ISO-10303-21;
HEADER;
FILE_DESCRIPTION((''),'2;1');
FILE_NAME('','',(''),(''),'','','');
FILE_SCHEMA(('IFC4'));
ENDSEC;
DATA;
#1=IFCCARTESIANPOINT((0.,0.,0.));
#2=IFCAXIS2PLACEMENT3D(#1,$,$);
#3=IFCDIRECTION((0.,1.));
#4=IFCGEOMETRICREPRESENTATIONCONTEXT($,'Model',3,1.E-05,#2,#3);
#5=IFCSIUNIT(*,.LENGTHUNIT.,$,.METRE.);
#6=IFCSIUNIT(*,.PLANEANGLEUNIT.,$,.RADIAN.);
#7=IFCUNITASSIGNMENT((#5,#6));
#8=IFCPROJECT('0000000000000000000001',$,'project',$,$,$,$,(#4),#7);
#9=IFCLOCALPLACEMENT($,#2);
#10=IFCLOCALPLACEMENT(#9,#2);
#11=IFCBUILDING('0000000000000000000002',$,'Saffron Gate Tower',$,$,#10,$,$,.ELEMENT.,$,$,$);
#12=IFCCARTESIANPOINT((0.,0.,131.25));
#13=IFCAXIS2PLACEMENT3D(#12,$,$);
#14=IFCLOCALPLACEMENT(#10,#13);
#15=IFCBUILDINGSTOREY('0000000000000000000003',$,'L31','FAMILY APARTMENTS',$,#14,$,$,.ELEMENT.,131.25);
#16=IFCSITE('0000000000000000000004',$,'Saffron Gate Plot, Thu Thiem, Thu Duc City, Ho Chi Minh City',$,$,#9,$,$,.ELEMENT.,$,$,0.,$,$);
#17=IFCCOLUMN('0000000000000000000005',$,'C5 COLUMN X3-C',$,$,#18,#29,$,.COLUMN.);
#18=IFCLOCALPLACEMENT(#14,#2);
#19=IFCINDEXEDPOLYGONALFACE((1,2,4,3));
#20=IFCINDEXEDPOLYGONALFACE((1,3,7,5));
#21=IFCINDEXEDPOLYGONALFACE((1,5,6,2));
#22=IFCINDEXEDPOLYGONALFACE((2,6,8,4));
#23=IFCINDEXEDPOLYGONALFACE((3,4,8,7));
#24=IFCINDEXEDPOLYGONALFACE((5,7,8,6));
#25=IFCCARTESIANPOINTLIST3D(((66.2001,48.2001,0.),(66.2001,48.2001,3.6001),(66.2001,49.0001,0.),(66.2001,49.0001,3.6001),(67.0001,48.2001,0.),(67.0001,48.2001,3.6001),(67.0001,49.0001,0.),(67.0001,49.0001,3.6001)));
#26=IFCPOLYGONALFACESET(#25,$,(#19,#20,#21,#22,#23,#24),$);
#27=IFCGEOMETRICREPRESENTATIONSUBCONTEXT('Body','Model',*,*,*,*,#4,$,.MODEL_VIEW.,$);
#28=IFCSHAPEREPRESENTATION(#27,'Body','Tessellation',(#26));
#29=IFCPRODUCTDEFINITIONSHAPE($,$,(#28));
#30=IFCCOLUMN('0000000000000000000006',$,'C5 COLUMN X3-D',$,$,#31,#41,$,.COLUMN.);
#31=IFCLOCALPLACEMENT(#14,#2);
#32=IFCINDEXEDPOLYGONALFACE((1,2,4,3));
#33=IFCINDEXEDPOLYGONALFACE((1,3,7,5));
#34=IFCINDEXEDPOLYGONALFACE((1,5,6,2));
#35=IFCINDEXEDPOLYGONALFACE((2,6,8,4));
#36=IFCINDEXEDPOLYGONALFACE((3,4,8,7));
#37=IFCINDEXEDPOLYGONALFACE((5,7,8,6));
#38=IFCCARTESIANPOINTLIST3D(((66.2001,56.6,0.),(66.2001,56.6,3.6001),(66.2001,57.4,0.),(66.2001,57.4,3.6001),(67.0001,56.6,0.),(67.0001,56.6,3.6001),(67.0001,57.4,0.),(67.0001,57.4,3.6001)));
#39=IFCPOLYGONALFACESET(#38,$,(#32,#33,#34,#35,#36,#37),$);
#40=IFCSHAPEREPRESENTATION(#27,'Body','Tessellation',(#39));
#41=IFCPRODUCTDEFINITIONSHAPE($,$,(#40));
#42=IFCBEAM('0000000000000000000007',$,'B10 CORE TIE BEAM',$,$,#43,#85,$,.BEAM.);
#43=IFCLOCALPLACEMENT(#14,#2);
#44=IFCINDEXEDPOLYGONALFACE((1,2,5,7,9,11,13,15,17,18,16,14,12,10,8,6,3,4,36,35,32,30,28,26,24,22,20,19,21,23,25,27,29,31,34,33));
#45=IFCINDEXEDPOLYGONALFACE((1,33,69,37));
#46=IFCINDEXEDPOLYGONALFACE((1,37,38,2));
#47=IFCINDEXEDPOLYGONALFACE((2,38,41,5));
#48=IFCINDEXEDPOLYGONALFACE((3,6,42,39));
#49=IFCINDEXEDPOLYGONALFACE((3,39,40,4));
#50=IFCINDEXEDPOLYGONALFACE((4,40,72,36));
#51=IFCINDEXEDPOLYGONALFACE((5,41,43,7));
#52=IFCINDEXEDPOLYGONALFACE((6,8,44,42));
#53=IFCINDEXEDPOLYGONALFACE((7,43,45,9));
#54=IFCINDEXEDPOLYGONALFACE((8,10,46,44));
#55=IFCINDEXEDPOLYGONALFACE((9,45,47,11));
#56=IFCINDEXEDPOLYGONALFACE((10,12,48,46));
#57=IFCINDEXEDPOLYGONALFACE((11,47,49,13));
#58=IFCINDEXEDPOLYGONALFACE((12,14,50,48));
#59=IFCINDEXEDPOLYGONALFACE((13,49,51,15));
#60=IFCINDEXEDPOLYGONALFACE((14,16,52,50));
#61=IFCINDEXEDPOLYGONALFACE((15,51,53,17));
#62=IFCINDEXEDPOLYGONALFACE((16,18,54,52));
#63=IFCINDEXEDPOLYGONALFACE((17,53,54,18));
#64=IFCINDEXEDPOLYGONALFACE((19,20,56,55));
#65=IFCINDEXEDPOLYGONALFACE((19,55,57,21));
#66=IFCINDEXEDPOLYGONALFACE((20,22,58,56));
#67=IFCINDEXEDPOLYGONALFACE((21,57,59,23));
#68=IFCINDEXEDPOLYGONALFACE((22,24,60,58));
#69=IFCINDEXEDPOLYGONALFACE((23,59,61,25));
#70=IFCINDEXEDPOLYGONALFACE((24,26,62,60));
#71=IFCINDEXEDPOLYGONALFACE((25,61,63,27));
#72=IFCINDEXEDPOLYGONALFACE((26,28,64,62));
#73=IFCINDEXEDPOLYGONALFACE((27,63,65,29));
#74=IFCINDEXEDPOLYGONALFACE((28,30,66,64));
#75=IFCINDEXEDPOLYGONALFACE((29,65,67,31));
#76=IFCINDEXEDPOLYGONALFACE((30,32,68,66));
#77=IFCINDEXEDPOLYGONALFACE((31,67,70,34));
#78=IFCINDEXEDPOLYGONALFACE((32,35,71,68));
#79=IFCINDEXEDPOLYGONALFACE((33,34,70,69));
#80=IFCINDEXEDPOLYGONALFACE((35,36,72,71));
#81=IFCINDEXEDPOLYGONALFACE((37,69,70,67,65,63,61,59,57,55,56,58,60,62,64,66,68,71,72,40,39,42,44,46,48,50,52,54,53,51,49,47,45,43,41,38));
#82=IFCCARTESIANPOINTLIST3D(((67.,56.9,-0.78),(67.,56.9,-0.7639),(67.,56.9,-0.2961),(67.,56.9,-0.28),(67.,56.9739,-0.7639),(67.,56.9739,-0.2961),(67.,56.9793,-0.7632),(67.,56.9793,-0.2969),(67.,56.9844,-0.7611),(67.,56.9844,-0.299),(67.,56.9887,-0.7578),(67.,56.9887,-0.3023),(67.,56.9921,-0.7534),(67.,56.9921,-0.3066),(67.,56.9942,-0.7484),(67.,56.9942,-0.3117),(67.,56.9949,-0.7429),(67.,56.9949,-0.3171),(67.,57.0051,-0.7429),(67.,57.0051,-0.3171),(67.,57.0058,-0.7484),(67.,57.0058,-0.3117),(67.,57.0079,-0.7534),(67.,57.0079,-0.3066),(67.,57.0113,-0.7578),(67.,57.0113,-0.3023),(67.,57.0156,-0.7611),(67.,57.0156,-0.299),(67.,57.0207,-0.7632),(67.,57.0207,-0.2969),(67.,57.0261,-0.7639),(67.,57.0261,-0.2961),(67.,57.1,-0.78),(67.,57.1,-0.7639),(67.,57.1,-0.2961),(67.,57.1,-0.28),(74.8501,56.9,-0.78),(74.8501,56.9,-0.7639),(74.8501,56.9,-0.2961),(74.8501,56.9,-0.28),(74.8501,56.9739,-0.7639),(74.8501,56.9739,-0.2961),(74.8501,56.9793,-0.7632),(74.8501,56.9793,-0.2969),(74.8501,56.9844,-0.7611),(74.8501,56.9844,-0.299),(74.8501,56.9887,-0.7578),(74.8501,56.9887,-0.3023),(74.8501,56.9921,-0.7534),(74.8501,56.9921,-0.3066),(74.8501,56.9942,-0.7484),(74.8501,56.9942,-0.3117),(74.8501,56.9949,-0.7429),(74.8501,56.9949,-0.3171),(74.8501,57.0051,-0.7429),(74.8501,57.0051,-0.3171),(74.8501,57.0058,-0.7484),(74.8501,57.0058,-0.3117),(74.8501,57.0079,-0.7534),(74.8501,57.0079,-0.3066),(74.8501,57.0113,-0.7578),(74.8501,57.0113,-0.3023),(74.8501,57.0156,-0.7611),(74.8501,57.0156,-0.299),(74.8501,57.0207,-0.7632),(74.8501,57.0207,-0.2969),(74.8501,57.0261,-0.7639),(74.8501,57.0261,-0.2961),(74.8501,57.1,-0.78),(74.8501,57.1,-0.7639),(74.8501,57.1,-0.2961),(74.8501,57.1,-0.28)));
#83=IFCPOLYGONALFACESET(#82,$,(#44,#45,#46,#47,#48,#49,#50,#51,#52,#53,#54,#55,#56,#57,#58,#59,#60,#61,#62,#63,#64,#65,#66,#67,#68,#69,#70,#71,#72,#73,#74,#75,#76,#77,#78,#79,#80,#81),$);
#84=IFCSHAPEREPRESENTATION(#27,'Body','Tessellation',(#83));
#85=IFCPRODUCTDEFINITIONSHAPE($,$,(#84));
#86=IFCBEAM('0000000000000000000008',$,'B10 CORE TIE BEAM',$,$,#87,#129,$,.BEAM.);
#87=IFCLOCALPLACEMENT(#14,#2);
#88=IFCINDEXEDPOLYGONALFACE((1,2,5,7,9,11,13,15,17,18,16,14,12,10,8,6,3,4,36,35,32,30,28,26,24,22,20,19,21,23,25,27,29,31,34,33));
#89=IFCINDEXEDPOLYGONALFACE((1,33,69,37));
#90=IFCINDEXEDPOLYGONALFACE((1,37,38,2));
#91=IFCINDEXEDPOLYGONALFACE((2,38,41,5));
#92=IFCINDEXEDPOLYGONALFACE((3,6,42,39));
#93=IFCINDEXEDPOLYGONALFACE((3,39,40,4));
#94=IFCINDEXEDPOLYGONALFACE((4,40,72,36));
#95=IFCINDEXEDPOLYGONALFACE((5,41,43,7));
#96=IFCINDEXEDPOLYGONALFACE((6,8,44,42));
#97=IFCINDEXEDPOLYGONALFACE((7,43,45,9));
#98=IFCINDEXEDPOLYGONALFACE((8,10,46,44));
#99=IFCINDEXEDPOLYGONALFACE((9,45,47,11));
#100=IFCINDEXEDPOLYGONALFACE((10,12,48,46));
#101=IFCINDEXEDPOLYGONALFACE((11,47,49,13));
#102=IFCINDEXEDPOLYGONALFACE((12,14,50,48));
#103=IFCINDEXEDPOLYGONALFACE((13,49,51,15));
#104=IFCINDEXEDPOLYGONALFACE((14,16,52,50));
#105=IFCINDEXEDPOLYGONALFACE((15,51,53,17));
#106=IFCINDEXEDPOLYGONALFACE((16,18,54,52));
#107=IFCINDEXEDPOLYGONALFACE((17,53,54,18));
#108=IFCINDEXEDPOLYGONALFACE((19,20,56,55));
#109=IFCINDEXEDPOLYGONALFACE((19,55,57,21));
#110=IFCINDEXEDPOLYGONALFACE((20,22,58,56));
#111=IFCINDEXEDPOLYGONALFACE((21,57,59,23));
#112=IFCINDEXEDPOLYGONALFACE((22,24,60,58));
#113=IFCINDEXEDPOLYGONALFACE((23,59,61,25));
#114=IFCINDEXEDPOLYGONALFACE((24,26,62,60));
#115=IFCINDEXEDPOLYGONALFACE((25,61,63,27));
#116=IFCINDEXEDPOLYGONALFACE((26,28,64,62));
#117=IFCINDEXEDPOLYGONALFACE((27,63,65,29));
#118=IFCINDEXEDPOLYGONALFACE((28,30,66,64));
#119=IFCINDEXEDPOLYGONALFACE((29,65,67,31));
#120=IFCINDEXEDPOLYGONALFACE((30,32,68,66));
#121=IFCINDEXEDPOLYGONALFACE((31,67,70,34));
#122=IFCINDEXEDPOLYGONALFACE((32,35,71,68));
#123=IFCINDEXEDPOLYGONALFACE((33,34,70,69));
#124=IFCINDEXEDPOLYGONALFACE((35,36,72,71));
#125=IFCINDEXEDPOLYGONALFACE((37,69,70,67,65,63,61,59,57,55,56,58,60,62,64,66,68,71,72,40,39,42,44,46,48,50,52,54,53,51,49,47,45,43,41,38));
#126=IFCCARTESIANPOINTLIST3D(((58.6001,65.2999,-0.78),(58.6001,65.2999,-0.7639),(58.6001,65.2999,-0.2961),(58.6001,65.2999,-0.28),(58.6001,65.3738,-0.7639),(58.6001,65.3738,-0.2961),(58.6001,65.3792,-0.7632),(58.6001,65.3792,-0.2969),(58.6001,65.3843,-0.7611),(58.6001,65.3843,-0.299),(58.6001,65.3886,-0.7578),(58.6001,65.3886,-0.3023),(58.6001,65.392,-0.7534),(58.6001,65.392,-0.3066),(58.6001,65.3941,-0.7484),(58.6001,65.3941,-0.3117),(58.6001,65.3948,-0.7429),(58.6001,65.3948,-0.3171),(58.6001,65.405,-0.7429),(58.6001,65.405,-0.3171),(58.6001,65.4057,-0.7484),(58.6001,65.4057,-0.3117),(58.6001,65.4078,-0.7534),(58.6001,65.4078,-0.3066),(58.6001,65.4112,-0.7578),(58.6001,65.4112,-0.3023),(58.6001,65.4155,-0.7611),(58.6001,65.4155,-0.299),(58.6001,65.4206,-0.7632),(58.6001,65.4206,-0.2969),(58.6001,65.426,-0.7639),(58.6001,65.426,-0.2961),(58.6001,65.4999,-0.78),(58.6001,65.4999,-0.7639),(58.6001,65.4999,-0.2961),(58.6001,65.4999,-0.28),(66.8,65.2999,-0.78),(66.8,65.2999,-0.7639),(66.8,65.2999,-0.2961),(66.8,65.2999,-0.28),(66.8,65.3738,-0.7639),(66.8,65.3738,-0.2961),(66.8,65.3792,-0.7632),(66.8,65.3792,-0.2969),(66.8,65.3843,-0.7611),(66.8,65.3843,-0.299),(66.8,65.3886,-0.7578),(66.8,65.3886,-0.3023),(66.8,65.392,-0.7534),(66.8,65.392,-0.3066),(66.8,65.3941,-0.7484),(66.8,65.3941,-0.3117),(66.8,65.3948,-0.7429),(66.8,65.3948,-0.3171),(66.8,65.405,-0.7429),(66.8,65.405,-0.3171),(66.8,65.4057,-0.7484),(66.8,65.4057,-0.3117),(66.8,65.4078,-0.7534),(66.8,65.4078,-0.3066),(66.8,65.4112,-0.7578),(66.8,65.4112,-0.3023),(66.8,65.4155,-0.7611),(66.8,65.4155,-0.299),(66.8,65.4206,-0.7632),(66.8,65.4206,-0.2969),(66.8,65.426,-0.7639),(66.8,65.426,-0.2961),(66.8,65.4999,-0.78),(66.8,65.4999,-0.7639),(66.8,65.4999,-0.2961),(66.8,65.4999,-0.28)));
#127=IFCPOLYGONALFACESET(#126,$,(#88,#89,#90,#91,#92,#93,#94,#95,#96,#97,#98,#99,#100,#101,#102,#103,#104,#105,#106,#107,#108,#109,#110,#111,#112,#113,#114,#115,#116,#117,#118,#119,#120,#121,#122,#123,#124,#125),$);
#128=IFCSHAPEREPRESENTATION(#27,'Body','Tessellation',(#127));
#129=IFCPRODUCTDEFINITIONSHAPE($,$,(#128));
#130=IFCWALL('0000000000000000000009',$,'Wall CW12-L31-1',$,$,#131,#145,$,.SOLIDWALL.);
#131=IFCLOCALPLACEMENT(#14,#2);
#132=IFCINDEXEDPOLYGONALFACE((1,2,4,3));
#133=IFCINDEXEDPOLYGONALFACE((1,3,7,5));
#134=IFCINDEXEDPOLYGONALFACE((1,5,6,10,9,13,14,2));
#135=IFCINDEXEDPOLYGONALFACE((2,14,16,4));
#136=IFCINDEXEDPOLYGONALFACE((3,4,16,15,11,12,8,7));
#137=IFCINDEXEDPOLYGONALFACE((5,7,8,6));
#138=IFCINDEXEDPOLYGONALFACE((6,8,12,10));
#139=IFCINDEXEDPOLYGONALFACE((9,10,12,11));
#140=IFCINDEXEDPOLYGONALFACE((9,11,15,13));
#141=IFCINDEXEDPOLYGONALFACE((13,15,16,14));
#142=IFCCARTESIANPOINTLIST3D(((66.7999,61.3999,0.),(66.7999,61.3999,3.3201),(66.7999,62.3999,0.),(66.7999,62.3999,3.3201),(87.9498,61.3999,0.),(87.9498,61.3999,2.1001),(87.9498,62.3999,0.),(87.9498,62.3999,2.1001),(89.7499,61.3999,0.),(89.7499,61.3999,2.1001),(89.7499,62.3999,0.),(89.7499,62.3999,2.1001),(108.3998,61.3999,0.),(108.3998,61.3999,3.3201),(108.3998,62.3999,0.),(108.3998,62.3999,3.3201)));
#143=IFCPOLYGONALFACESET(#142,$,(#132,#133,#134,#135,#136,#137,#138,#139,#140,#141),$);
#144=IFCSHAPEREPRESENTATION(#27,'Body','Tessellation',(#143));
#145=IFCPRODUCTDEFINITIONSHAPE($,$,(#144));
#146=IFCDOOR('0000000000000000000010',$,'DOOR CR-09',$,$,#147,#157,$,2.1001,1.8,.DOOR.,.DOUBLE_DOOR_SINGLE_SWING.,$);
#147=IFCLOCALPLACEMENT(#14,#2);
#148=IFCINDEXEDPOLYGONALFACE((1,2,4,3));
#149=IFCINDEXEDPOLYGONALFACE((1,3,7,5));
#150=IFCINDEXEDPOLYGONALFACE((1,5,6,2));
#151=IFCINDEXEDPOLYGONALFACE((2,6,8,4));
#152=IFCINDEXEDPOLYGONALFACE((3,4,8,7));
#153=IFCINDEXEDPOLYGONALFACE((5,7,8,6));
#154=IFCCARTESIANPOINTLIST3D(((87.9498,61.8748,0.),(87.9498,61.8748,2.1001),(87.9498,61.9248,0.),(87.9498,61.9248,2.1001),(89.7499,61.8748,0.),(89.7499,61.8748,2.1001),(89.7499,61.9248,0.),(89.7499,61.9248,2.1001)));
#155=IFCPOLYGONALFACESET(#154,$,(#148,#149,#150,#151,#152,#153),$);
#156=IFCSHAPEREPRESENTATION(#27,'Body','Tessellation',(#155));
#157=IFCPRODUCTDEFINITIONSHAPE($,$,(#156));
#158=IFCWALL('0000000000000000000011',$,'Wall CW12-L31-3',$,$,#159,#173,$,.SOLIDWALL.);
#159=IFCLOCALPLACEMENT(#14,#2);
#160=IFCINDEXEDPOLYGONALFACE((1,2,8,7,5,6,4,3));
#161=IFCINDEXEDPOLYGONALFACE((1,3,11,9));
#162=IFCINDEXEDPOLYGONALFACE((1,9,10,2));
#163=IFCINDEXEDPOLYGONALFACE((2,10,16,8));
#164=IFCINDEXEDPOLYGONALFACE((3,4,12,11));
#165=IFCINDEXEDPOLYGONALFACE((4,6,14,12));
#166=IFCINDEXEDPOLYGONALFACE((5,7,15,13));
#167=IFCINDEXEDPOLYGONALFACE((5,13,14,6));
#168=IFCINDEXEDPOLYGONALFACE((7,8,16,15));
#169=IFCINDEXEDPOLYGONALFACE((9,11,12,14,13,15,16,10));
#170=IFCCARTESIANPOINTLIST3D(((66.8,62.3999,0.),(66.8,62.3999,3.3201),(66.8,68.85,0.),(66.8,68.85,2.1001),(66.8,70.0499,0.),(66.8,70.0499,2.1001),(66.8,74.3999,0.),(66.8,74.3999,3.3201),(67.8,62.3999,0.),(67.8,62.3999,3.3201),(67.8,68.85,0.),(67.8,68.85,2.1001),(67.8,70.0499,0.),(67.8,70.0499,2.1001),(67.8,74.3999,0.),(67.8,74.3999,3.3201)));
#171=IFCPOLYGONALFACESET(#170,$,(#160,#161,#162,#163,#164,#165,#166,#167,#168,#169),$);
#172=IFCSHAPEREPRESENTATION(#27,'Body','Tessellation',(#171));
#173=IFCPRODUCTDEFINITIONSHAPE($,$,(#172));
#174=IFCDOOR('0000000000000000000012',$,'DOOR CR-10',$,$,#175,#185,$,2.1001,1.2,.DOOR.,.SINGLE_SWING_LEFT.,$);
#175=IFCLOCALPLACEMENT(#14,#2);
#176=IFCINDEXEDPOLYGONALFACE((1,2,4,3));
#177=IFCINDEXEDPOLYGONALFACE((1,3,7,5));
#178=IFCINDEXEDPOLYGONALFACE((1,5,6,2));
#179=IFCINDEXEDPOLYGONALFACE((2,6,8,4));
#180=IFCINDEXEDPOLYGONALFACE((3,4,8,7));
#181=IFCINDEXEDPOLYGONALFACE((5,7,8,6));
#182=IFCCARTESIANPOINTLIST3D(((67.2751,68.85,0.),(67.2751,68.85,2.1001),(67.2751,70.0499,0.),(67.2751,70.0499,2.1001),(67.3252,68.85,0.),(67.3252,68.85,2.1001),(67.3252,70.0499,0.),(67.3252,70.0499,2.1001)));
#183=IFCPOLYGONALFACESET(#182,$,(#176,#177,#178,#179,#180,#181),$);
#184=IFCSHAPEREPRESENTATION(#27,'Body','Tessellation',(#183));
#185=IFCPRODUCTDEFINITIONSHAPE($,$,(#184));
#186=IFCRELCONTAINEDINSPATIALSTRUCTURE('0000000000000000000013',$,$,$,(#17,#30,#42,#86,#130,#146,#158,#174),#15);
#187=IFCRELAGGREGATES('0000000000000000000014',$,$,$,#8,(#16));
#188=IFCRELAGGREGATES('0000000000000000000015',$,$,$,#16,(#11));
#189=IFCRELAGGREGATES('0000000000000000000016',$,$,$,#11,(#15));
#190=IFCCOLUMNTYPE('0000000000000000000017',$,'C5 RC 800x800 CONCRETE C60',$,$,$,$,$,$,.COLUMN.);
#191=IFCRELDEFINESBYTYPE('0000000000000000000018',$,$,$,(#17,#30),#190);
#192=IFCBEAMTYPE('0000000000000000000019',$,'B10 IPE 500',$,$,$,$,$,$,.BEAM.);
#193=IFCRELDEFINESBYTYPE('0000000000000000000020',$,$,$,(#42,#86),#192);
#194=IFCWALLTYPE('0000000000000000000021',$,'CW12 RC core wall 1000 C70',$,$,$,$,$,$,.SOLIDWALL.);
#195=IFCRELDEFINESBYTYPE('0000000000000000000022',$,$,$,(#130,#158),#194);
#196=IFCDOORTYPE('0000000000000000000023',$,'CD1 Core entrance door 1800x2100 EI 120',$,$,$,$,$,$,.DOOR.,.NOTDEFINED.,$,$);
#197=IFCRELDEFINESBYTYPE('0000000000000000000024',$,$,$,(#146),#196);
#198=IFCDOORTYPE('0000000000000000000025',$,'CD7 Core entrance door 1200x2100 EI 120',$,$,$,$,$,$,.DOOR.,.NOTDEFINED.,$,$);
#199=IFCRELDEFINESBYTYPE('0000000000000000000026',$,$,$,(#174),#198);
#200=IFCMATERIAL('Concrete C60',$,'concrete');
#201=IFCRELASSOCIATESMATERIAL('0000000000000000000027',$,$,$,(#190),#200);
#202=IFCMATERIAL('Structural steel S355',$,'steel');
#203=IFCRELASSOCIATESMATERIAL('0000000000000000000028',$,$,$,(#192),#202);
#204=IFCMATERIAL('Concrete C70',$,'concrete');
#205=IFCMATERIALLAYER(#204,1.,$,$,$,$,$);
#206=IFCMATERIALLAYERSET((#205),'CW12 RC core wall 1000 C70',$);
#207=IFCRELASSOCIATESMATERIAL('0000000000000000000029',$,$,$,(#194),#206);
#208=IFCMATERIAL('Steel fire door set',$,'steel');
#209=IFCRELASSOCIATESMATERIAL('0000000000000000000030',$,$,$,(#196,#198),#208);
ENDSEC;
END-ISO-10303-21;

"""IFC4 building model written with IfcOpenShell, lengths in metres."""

from ifc_helpers import new_model, si_unit, direction, frame, frame_2d, origin, origin_2d, place, context, subcontext, project, spatial, rectangle, i_section, extrude, material, layer, layer_set, material_profile, profile_set, type_object, element, fill, save


model = new_model("IFC4")

# Units and contexts
model_context = context("Model", 3, precision=1e-05, world=origin(), true_north=direction((0.0, 1.0)))
body_context = subcontext(model_context, "Body", "Model", "MODEL_VIEW")
ifc_project = project(units=[si_unit("LENGTHUNIT", "METRE"), si_unit("PLANEANGLEUNIT", "RADIAN")], contexts=[model_context])

# Site, building, storey
site_placement = place(None, origin())
site = spatial("IfcSite", under=ifc_project, at=site_placement, Name="Saffron Gate Plot, Thu Thiem, Thu Duc City, Ho Chi Minh City", CompositionType="ELEMENT", RefElevation=0.0)
building_placement = place(site_placement, origin())
building = spatial("IfcBuilding", under=site, at=building_placement, Name="Saffron Gate Tower", CompositionType="ELEMENT")
storey_placement = place(building_placement, frame((0.0, 0.0, 131.25)))
storey = spatial("IfcBuildingStorey", under=building, at=storey_placement, Name="L31", Description="FAMILY APARTMENTS", CompositionType="ELEMENT", Elevation=131.25)

# Columns
ifc_material_1 = material(Name="Concrete C60", Category="concrete")
ifc_material_profile_1 = material_profile(ifc_material_1, rectangle(XDim=0.8, YDim=0.8, at=origin_2d()))
ifc_profile_set_1 = profile_set([ifc_material_profile_1], Name="Concrete C60")
column_type = type_object("IfcColumnType", Name="C5 RC 800x800 CONCRETE C60", PredefinedType="COLUMN", material=ifc_profile_set_1)
for number, where, z_axis, x_axis, name in (
    (1, (66.6001, 48.6001, 0.0), (0.0, 0.0, 1.0), (1.0, 0.0, 0.0), "C5 COLUMN X3-C"),
    (2, (66.6001, 57.0, 0.0), (0.0, 0.0, 1.0), (1.0, 0.0, 0.0), "C5 COLUMN X3-D"),
):
    element("IfcColumn", number, at=place(storey_placement, frame(where, z_axis=z_axis, x_axis=x_axis)), inside=storey, type_object=column_type, Name=name, PredefinedType="COLUMN", context=body_context, shape_type="SweptSolid", body=[
        extrude(rectangle(XDim=0.8, YDim=0.8, at=origin_2d()), origin(), (0.0, 0.0, 1.0), 3.6001),
    ])

# Beams
ifc_material_2 = material(Name="Structural steel S355", Category="steel")
ifc_material_profile_2 = material_profile(ifc_material_2, i_section(OverallWidth=0.2, OverallDepth=0.5, WebThickness=0.0103, FlangeThickness=0.0161, FilletRadius=0.021, at=origin_2d()))
ifc_profile_set_2 = profile_set([ifc_material_profile_2], Name="Structural steel S355")
beam_type = type_object("IfcBeamType", Name="B10 IPE 500", PredefinedType="BEAM", material=ifc_profile_set_2)
beam_1_placement = place(storey_placement, frame((67.0, 57.0, -0.53), z_axis=(1.0, 0.0, 0.0), x_axis=(0.0, 1.0, 0.0)))
element("IfcBeam", 3, at=beam_1_placement, inside=storey, type_object=beam_type, Name="B10 CORE TIE BEAM", PredefinedType="BEAM", context=body_context, shape_type="SweptSolid", body=[
    extrude(i_section(OverallWidth=0.2, OverallDepth=0.5, WebThickness=0.0103, FlangeThickness=0.0161, FilletRadius=0.021, at=origin_2d()), origin(), (0.0, 0.0, 1.0), 7.8501),
])
beam_2_placement = place(storey_placement, frame((58.6001, 65.3999, -0.53), z_axis=(1.0, 0.0, 0.0), x_axis=(0.0, 1.0, 0.0)))
element("IfcBeam", 4, at=beam_2_placement, inside=storey, type_object=beam_type, Name="B10 CORE TIE BEAM", PredefinedType="BEAM", context=body_context, shape_type="SweptSolid", body=[
    extrude(i_section(OverallWidth=0.2, OverallDepth=0.5, WebThickness=0.0103, FlangeThickness=0.0161, FilletRadius=0.021, at=origin_2d()), origin(), (0.0, 0.0, 1.0), 8.2),
])

# Walls, openings, doors
ifc_material_3 = material(Name="Concrete C70", Category="concrete")
ifc_layer_1 = layer(ifc_material_3, 1.0)
ifc_layer_set_1 = layer_set([ifc_layer_1], Name="CW12 RC core wall 1000 C70")
wall_type_1 = type_object("IfcWallType", Name="CW12 RC core wall 1000 C70", PredefinedType="SOLIDWALL", material=ifc_layer_set_1)
wall_1_placement = place(storey_placement, frame((66.8, 61.8999, 0.0), z_axis=(0.0, 0.0, 1.0), x_axis=(1.0, 0.0, 0.0)))
wall_1 = element("IfcWall", 5, at=wall_1_placement, inside=storey, type_object=wall_type_1, Name="Wall CW12-L31-1", PredefinedType="SOLIDWALL", context=body_context, shape_type="SweptSolid", body=[
    extrude(rectangle(XDim=41.5999, YDim=1.0, at=frame_2d((20.7998, 0.0))), origin(), (0.0, 0.0, 1.0), 3.3201),
])
opening_1_placement = place(wall_1_placement, frame((21.1499, 0.0, 0.0)))
opening_1 = element("IfcOpeningElement", 6, at=opening_1_placement, cuts=wall_1, PredefinedType="OPENING", context=body_context, shape_type="SweptSolid", body=[
    extrude(rectangle(XDim=1.8, YDim=2.1001, at=frame_2d((0.8999, 1.05))), frame((0.0, 0.51, 0.0), z_axis=(0.0, -1.0, 0.0), x_axis=(1.0, 0.0, 0.0)), (0.0, 0.0, 1.0), 1.02),
])
ifc_material_4 = material(Name="Steel fire door set", Category="steel")
door_type_1 = type_object("IfcDoorType", Name="CD1 Core entrance door 1800x2100 EI 120", OperationType="NOTDEFINED", PredefinedType="DOOR", material=ifc_material_4)
door_1_placement = place(opening_1_placement, origin())
door_1 = element("IfcDoor", 7, at=door_1_placement, inside=storey, type_object=door_type_1, Name="DOOR CR-09", OperationType="DOUBLE_DOOR_SINGLE_SWING", OverallHeight=2.1001, OverallWidth=1.8, PredefinedType="DOOR", context=body_context, shape_type="SweptSolid", body=[
    extrude(rectangle(XDim=1.8, YDim=2.1001, at=frame_2d((0.8999, 1.05))), frame((0.0, 0.0249, 0.0), z_axis=(0.0, -1.0, 0.0), x_axis=(1.0, 0.0, 0.0)), (0.0, 0.0, 1.0), 0.05),
])
fill(opening_1, door_1)
wall_2_placement = place(storey_placement, frame((67.3, 62.3999, 0.0), z_axis=(0.0, 0.0, 1.0), x_axis=(0.0, 1.0, 0.0)))
wall_2 = element("IfcWall", 8, at=wall_2_placement, inside=storey, type_object=wall_type_1, Name="Wall CW12-L31-3", PredefinedType="SOLIDWALL", context=body_context, shape_type="SweptSolid", body=[
    extrude(rectangle(XDim=12.0, YDim=1.0, at=frame_2d((6.0, 0.0))), origin(), (0.0, 0.0, 1.0), 3.3201),
])
opening_2_placement = place(wall_2_placement, frame((6.45, 0.0, 0.0)))
opening_2 = element("IfcOpeningElement", 9, at=opening_2_placement, cuts=wall_2, PredefinedType="OPENING", context=body_context, shape_type="SweptSolid", body=[
    extrude(rectangle(XDim=1.2, YDim=2.1001, at=frame_2d((0.6001, 1.05))), frame((0.0, 0.51, 0.0), z_axis=(0.0, -1.0, 0.0), x_axis=(1.0, 0.0, 0.0)), (0.0, 0.0, 1.0), 1.02),
])
door_type_2 = type_object("IfcDoorType", Name="CD7 Core entrance door 1200x2100 EI 120", OperationType="NOTDEFINED", PredefinedType="DOOR", material=ifc_material_4)
door_2_placement = place(opening_2_placement, origin())
door_2 = element("IfcDoor", 10, at=door_2_placement, inside=storey, type_object=door_type_2, Name="DOOR CR-10", OperationType="SINGLE_SWING_LEFT", OverallHeight=2.1001, OverallWidth=1.2, PredefinedType="DOOR", context=body_context, shape_type="SweptSolid", body=[
    extrude(rectangle(XDim=1.2, YDim=2.1001, at=frame_2d((0.6001, 1.05))), frame((0.0, 0.0249, 0.0), z_axis=(0.0, -1.0, 0.0), x_axis=(1.0, 0.0, 0.0)), (0.0, 0.0, 1.0), 0.05),
])
fill(opening_2, door_2)

save(model, "model.ifc")
